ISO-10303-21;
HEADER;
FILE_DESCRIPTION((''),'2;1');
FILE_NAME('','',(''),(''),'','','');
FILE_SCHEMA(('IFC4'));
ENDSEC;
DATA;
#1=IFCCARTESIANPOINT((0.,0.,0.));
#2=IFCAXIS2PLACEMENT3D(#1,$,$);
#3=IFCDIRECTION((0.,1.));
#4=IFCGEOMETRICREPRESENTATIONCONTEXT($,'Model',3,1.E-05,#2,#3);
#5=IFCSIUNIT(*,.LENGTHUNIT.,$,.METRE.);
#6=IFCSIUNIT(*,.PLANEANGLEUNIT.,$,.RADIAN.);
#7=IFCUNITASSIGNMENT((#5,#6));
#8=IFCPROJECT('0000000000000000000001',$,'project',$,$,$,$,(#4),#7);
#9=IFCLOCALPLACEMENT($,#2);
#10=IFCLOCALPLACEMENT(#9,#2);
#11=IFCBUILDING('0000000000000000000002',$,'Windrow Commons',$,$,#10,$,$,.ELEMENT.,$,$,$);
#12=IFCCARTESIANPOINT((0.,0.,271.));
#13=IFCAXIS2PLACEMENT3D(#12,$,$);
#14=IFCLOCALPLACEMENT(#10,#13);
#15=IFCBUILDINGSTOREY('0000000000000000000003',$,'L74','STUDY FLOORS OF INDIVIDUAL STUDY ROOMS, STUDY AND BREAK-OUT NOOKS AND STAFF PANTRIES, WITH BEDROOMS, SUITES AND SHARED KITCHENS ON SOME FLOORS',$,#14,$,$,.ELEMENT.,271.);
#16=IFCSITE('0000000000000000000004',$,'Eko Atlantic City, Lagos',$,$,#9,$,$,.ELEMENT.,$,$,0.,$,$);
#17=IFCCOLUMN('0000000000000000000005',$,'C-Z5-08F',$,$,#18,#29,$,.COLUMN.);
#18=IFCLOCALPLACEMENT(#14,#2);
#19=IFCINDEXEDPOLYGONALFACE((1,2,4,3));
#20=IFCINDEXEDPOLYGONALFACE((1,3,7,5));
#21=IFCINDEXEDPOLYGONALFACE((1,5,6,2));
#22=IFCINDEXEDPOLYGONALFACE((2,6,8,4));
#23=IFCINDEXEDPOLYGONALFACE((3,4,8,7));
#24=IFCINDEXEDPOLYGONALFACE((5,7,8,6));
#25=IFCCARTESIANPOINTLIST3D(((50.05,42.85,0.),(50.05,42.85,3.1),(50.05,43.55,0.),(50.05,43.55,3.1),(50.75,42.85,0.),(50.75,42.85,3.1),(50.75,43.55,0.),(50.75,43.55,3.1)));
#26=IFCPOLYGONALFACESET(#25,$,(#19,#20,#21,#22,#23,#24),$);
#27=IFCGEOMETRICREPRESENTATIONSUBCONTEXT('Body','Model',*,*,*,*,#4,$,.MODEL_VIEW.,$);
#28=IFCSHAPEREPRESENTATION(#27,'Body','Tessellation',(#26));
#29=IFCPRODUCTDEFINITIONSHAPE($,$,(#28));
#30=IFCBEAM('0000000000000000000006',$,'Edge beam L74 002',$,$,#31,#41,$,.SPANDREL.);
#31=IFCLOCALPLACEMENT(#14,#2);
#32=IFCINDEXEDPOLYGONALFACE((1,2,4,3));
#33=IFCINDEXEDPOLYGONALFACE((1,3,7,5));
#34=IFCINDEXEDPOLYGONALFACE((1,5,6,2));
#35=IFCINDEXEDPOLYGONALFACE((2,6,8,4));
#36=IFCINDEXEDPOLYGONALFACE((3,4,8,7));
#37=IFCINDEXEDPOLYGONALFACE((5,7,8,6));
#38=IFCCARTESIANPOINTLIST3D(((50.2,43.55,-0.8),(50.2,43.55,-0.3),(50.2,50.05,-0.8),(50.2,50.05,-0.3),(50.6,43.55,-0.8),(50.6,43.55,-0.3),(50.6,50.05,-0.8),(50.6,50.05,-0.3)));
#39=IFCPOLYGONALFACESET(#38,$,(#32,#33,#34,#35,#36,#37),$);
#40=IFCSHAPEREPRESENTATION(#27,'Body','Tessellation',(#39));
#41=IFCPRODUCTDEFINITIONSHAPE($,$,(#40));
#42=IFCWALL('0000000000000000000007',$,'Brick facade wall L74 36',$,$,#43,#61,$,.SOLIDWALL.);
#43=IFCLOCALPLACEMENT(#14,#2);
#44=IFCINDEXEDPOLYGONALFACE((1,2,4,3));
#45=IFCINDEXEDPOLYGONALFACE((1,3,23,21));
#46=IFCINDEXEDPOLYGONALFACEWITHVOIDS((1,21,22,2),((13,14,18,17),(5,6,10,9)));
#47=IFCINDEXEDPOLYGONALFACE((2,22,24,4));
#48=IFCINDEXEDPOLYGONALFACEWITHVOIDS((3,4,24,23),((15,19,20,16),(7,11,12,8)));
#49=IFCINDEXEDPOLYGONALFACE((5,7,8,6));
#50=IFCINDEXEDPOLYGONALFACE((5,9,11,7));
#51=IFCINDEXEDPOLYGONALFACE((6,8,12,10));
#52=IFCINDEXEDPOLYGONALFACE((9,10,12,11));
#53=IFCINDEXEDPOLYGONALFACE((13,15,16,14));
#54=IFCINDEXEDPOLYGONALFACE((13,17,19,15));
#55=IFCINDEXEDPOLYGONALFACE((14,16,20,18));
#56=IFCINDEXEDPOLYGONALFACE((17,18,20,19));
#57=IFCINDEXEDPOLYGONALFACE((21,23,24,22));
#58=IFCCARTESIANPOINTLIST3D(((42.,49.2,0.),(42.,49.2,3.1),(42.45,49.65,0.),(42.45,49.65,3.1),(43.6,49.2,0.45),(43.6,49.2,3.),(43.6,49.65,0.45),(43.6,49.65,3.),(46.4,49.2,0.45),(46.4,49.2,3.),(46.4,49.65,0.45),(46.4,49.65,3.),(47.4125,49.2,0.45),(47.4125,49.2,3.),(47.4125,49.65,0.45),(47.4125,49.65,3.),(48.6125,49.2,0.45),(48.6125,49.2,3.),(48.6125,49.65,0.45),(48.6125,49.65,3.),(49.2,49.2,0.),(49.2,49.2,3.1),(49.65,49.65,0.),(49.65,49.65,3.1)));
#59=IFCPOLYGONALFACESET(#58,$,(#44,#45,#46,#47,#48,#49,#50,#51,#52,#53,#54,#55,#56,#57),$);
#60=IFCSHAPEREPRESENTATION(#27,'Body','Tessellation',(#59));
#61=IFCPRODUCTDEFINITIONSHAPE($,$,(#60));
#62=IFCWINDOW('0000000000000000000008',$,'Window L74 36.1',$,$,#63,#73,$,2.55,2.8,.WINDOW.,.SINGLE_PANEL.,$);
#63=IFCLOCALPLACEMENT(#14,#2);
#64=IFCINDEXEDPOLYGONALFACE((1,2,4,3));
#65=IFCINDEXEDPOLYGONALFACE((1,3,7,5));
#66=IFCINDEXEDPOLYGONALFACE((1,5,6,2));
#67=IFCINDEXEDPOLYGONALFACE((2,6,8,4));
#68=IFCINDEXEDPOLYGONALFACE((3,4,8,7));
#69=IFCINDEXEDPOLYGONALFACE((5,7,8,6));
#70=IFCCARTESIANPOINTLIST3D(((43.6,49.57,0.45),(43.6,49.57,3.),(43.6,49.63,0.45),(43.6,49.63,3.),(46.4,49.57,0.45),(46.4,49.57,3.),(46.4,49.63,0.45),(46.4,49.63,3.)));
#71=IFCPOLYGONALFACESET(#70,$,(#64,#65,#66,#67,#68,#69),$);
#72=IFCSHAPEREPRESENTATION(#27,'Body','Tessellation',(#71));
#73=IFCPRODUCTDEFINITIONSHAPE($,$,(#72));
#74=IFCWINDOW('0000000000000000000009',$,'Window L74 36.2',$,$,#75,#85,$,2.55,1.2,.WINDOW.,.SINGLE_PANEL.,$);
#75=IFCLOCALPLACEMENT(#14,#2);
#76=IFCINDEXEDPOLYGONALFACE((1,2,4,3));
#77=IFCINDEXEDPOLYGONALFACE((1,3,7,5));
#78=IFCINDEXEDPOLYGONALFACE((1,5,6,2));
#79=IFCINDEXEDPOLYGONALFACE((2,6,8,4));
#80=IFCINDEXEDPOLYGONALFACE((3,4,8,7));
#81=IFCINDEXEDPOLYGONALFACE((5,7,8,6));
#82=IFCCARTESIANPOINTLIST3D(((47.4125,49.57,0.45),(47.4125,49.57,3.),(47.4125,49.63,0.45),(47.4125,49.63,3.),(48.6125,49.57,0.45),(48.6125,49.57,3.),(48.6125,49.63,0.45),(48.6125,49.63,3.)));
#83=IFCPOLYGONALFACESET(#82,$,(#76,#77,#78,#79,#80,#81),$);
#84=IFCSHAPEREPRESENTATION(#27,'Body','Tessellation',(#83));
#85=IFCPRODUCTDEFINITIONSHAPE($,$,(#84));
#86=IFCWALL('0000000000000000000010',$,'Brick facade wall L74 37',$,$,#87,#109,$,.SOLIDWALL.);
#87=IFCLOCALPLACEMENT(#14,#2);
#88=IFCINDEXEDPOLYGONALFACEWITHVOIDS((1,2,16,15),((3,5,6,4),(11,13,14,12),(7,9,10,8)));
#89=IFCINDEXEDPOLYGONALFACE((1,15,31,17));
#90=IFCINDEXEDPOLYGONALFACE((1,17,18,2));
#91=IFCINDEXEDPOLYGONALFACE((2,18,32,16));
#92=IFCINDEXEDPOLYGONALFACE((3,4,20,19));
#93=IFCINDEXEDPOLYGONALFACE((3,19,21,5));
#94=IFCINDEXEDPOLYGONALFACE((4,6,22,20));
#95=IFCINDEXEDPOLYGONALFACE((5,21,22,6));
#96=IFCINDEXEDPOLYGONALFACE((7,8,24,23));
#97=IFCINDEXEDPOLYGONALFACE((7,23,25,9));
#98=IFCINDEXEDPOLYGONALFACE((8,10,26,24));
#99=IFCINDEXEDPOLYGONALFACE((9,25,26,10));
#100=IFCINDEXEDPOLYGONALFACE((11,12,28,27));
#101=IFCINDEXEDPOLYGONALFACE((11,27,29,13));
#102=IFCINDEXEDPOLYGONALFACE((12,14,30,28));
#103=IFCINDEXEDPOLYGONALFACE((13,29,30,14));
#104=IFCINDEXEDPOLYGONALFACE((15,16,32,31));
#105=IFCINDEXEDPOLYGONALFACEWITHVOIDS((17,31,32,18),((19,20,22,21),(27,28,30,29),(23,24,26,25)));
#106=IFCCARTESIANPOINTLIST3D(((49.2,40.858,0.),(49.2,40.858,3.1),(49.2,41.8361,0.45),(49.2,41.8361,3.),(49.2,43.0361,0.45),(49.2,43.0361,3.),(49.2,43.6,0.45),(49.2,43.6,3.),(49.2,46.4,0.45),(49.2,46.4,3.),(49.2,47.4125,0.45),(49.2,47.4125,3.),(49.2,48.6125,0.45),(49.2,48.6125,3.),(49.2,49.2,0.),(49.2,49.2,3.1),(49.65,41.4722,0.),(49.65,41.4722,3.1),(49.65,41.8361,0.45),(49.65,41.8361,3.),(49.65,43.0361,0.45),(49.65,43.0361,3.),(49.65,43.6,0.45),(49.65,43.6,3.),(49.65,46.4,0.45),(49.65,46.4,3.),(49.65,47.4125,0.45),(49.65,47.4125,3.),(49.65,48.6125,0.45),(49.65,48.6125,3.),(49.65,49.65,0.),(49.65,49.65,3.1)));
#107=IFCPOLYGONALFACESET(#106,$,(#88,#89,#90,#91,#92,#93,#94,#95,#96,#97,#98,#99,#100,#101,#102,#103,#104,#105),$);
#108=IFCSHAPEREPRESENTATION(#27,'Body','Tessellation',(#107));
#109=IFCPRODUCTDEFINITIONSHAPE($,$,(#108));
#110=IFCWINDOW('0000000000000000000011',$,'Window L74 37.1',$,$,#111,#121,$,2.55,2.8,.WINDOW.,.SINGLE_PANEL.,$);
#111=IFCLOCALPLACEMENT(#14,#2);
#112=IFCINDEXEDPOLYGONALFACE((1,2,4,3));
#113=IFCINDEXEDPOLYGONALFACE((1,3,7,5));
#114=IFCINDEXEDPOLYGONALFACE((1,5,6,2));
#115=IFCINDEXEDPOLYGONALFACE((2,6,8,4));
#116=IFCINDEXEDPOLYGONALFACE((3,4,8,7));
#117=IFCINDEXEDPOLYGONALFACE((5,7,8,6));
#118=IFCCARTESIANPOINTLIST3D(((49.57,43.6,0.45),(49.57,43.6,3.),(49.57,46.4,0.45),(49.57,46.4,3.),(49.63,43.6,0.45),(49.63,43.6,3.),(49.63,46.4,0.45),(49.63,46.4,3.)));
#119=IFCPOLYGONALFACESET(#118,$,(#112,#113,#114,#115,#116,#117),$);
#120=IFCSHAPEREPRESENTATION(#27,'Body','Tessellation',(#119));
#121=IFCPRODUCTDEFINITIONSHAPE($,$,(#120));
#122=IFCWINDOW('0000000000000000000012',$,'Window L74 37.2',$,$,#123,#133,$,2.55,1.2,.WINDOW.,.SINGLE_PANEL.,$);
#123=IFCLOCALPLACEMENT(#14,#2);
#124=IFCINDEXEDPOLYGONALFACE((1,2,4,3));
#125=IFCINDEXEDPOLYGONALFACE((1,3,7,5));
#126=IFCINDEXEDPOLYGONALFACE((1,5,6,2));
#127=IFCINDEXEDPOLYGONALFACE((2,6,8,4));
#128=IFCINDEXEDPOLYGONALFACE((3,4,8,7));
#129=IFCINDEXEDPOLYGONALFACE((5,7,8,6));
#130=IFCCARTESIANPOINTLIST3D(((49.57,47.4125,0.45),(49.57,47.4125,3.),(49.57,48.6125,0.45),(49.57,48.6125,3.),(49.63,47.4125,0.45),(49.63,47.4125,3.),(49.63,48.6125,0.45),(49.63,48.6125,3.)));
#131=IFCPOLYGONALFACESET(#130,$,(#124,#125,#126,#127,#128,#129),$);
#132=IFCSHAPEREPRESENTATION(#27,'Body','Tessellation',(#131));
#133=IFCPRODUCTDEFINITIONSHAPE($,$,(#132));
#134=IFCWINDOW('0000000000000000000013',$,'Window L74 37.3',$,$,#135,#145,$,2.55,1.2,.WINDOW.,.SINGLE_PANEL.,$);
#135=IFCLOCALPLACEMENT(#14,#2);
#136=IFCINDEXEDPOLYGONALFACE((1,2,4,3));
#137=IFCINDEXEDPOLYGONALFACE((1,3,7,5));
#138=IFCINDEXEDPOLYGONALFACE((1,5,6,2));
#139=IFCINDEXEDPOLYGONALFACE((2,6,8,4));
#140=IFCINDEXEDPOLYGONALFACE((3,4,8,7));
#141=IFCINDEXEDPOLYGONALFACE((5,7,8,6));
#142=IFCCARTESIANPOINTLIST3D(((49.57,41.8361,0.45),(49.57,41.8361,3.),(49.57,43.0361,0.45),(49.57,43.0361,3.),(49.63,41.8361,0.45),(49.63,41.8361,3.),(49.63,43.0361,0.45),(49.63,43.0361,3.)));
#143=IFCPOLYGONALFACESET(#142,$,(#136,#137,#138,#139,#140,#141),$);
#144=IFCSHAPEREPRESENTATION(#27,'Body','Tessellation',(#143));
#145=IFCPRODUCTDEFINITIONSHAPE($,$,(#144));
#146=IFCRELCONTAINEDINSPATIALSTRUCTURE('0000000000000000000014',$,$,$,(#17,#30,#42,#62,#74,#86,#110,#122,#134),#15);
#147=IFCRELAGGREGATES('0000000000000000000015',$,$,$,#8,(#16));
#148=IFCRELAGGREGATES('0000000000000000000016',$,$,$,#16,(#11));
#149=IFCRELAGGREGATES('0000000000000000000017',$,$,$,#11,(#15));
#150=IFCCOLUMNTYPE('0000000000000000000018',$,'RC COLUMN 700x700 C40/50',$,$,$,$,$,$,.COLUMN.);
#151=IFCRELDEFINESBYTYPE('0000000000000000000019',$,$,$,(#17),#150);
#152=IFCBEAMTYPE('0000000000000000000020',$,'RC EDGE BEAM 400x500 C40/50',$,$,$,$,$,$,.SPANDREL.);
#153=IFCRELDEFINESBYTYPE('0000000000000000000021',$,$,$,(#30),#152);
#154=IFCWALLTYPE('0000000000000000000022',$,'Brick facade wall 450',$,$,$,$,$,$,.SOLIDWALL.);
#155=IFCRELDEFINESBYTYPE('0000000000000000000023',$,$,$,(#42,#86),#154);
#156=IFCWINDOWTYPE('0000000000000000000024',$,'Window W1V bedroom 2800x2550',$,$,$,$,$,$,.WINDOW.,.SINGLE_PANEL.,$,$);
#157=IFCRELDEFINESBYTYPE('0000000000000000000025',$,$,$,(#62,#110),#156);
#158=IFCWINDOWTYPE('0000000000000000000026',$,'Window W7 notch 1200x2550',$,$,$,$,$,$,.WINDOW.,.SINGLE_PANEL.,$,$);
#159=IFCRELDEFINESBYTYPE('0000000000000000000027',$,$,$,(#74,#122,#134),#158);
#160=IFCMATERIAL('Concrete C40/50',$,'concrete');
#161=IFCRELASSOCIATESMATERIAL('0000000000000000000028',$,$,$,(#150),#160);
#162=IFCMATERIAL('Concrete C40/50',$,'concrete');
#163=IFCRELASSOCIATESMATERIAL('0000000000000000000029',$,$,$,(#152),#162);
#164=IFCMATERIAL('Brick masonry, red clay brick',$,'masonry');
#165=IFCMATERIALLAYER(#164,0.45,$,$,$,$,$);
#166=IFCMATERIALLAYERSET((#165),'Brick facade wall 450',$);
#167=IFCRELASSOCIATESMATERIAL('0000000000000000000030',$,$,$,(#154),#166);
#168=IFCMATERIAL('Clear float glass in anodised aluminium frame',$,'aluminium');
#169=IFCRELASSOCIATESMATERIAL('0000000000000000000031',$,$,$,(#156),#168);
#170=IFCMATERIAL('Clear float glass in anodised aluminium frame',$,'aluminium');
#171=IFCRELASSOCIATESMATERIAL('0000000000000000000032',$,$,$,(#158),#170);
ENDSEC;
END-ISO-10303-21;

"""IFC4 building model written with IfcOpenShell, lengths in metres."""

from ifc_helpers import new_model, si_unit, direction, frame, frame_2d, origin, origin_2d, place, context, subcontext, project, spatial, polyline, rectangle, outline, extrude, material, layer, layer_set, material_profile, profile_set, type_object, element, fill, save


model = new_model("IFC4")

# Units and contexts
model_context = context("Model", 3, precision=1e-05, world=origin(), true_north=direction((0.0, 1.0)))
body_context = subcontext(model_context, "Body", "Model", "MODEL_VIEW")
ifc_project = project(units=[si_unit("LENGTHUNIT", "METRE"), si_unit("PLANEANGLEUNIT", "RADIAN")], contexts=[model_context])

# Site, building, storey
site_placement = place(None, origin())
site = spatial("IfcSite", under=ifc_project, at=site_placement, Name="Eko Atlantic City, Lagos", CompositionType="ELEMENT", RefElevation=0.0)
building_placement = place(site_placement, origin())
building = spatial("IfcBuilding", under=site, at=building_placement, Name="Windrow Commons", CompositionType="ELEMENT")
storey_placement = place(building_placement, frame((0.0, 0.0, 271.0)))
storey = spatial("IfcBuildingStorey", under=building, at=storey_placement, Name="L74", Description="STUDY FLOORS OF INDIVIDUAL STUDY ROOMS, STUDY AND BREAK-OUT NOOKS AND STAFF PANTRIES, WITH BEDROOMS, SUITES AND SHARED KITCHENS ON SOME FLOORS", CompositionType="ELEMENT", Elevation=271.0)

# Column
ifc_material_1 = material(Name="Concrete C40/50", Category="concrete")
ifc_material_profile_1 = material_profile(ifc_material_1, rectangle(XDim=0.7, YDim=0.7, at=origin_2d()))
ifc_profile_set_1 = profile_set([ifc_material_profile_1], Name="Concrete C40/50")
column_type = type_object("IfcColumnType", Name="RC COLUMN 700x700 C40/50", PredefinedType="COLUMN", material=ifc_profile_set_1)
column_placement = place(storey_placement, frame((50.4, 43.2, 0.0), z_axis=(0.0, 0.0, 1.0), x_axis=(1.0, 0.0, 0.0)))
element("IfcColumn", 1, at=column_placement, inside=storey, type_object=column_type, Name="C-Z5-08F", PredefinedType="COLUMN", context=body_context, shape_type="SweptSolid", body=[
    extrude(rectangle(XDim=0.7, YDim=0.7, at=origin_2d()), origin(), (0.0, 0.0, 1.0), 3.1),
])

# Beam
ifc_material_2 = material(Name="Concrete C40/50", Category="concrete")
ifc_material_profile_2 = material_profile(ifc_material_2, rectangle(XDim=0.4, YDim=0.5, at=origin_2d()))
ifc_profile_set_2 = profile_set([ifc_material_profile_2], Name="Concrete C40/50")
beam_type = type_object("IfcBeamType", Name="RC EDGE BEAM 400x500 C40/50", PredefinedType="SPANDREL", material=ifc_profile_set_2)
beam_placement = place(storey_placement, frame((50.4, 43.55, -0.55), z_axis=(0.0, 1.0, 0.0), x_axis=(-1.0, 0.0, 0.0)))
element("IfcBeam", 2, at=beam_placement, inside=storey, type_object=beam_type, Name="Edge beam L74 002", PredefinedType="SPANDREL", context=body_context, shape_type="SweptSolid", body=[
    extrude(rectangle(XDim=0.4, YDim=0.5, at=origin_2d()), origin(), (0.0, 0.0, 1.0), 6.5),
])

# Walls, openings, windows
ifc_material_3 = material(Name="Brick masonry, red clay brick", Category="masonry")
ifc_layer_1 = layer(ifc_material_3, 0.45)
ifc_layer_set_1 = layer_set([ifc_layer_1], Name="Brick facade wall 450")
wall_type_1 = type_object("IfcWallType", Name="Brick facade wall 450", PredefinedType="SOLIDWALL", material=ifc_layer_set_1)
wall_1_placement = place(storey_placement, frame((42.225, 49.425, 0.0), z_axis=(0.0, 0.0, 1.0), x_axis=(1.0, 0.0, 0.0)))
wall_1 = element("IfcWall", 3, at=wall_1_placement, inside=storey, type_object=wall_type_1, Name="Brick facade wall L74 36", PredefinedType="SOLIDWALL", context=body_context, shape_type="SweptSolid", body=[
    extrude(outline(polyline([(-0.225, -0.225), (6.975, -0.225), (7.425, 0.225), (0.225, 0.225), (-0.225, -0.225)])), origin(), (0.0, 0.0, 1.0), 3.1),
])
opening_1_placement = place(wall_1_placement, frame((1.375, 0.0, 0.45)))
opening_1 = element("IfcOpeningElement", 4, at=opening_1_placement, cuts=wall_1, PredefinedType="OPENING", context=body_context, shape_type="SweptSolid", body=[
    extrude(rectangle(XDim=2.8, YDim=2.55, at=frame_2d((1.4, 1.275))), frame((0.0, 0.235, 0.0), z_axis=(0.0, -1.0, 0.0), x_axis=(1.0, 0.0, 0.0)), (0.0, 0.0, 1.0), 0.47),
])
opening_2_placement = place(wall_1_placement, frame((5.1875, 0.0, 0.45)))
opening_2 = element("IfcOpeningElement", 5, at=opening_2_placement, cuts=wall_1, PredefinedType="OPENING", context=body_context, shape_type="SweptSolid", body=[
    extrude(rectangle(XDim=1.2, YDim=2.55, at=frame_2d((0.6, 1.275))), frame((0.0, 0.235, 0.0), z_axis=(0.0, -1.0, 0.0), x_axis=(1.0, 0.0, 0.0)), (0.0, 0.0, 1.0), 0.47),
])
ifc_material_4 = material(Name="Clear float glass in anodised aluminium frame", Category="aluminium")
window_type_1 = type_object("IfcWindowType", Name="Window W1V bedroom 2800x2550", PartitioningType="SINGLE_PANEL", PredefinedType="WINDOW", material=ifc_material_4)
window_1_placement = place(opening_1_placement, origin())
window_1 = element("IfcWindow", 6, at=window_1_placement, inside=storey, type_object=window_type_1, Name="Window L74 36.1", OverallHeight=2.55, OverallWidth=2.8, PartitioningType="SINGLE_PANEL", PredefinedType="WINDOW", context=body_context, shape_type="SweptSolid", body=[
    extrude(rectangle(XDim=2.8, YDim=2.55, at=frame_2d((1.4, 1.275))), frame((0.0, 0.205, 0.0), z_axis=(0.0, -1.0, 0.0), x_axis=(1.0, 0.0, 0.0)), (0.0, 0.0, 1.0), 0.06),
])
fill(opening_1, window_1)
ifc_material_5 = material(Name="Clear float glass in anodised aluminium frame", Category="aluminium")
window_type_2 = type_object("IfcWindowType", Name="Window W7 notch 1200x2550", PartitioningType="SINGLE_PANEL", PredefinedType="WINDOW", material=ifc_material_5)
window_2_placement = place(opening_2_placement, origin())
window_2 = element("IfcWindow", 7, at=window_2_placement, inside=storey, type_object=window_type_2, Name="Window L74 36.2", OverallHeight=2.55, OverallWidth=1.2, PartitioningType="SINGLE_PANEL", PredefinedType="WINDOW", context=body_context, shape_type="SweptSolid", body=[
    extrude(rectangle(XDim=1.2, YDim=2.55, at=frame_2d((0.6, 1.275))), frame((0.0, 0.205, 0.0), z_axis=(0.0, -1.0, 0.0), x_axis=(1.0, 0.0, 0.0)), (0.0, 0.0, 1.0), 0.06),
])
fill(opening_2, window_2)
wall_2_placement = place(storey_placement, frame((49.425, 49.425, 0.0), z_axis=(0.0, 0.0, 1.0), x_axis=(0.0, -1.0, 0.0)))
wall_2 = element("IfcWall", 8, at=wall_2_placement, inside=storey, type_object=wall_type_1, Name="Brick facade wall L74 37", PredefinedType="SOLIDWALL", context=body_context, shape_type="SweptSolid", body=[
    extrude(outline(polyline([(0.225, -0.225), (8.567, -0.225), (7.9528, 0.225), (-0.225, 0.225), (0.225, -0.225)])), origin(), (0.0, 0.0, 1.0), 3.1),
])
opening_3_placement = place(wall_2_placement, frame((3.025, 0.0, 0.45)))
opening_3 = element("IfcOpeningElement", 9, at=opening_3_placement, cuts=wall_2, PredefinedType="OPENING", context=body_context, shape_type="SweptSolid", body=[
    extrude(rectangle(XDim=2.8, YDim=2.55, at=frame_2d((1.4, 1.275))), frame((0.0, 0.235, 0.0), z_axis=(0.0, -1.0, 0.0), x_axis=(1.0, 0.0, 0.0)), (0.0, 0.0, 1.0), 0.47),
])
opening_4_placement = place(wall_2_placement, frame((0.8125, 0.0, 0.45)))
opening_4 = element("IfcOpeningElement", 10, at=opening_4_placement, cuts=wall_2, PredefinedType="OPENING", context=body_context, shape_type="SweptSolid", body=[
    extrude(rectangle(XDim=1.2, YDim=2.55, at=frame_2d((0.6, 1.275))), frame((0.0, 0.235, 0.0), z_axis=(0.0, -1.0, 0.0), x_axis=(1.0, 0.0, 0.0)), (0.0, 0.0, 1.0), 0.47),
])
opening_5_placement = place(wall_2_placement, frame((6.3889, 0.0, 0.45)))
opening_5 = element("IfcOpeningElement", 11, at=opening_5_placement, cuts=wall_2, PredefinedType="OPENING", context=body_context, shape_type="SweptSolid", body=[
    extrude(rectangle(XDim=1.2, YDim=2.55, at=frame_2d((0.6, 1.275))), frame((0.0, 0.235, 0.0), z_axis=(0.0, -1.0, 0.0), x_axis=(1.0, 0.0, 0.0)), (0.0, 0.0, 1.0), 0.47),
])
window_3_placement = place(opening_3_placement, origin())
window_3 = element("IfcWindow", 12, at=window_3_placement, inside=storey, type_object=window_type_1, Name="Window L74 37.1", OverallHeight=2.55, OverallWidth=2.8, PartitioningType="SINGLE_PANEL", PredefinedType="WINDOW", context=body_context, shape_type="SweptSolid", body=[
    extrude(rectangle(XDim=2.8, YDim=2.55, at=frame_2d((1.4, 1.275))), frame((0.0, 0.205, 0.0), z_axis=(0.0, -1.0, 0.0), x_axis=(1.0, 0.0, 0.0)), (0.0, 0.0, 1.0), 0.06),
])
fill(opening_3, window_3)
window_4_placement = place(opening_4_placement, origin())
window_4 = element("IfcWindow", 13, at=window_4_placement, inside=storey, type_object=window_type_2, Name="Window L74 37.2", OverallHeight=2.55, OverallWidth=1.2, PartitioningType="SINGLE_PANEL", PredefinedType="WINDOW", context=body_context, shape_type="SweptSolid", body=[
    extrude(rectangle(XDim=1.2, YDim=2.55, at=frame_2d((0.6, 1.275))), frame((0.0, 0.205, 0.0), z_axis=(0.0, -1.0, 0.0), x_axis=(1.0, 0.0, 0.0)), (0.0, 0.0, 1.0), 0.06),
])
fill(opening_4, window_4)
window_5_placement = place(opening_5_placement, origin())
window_5 = element("IfcWindow", 14, at=window_5_placement, inside=storey, type_object=window_type_2, Name="Window L74 37.3", OverallHeight=2.55, OverallWidth=1.2, PartitioningType="SINGLE_PANEL", PredefinedType="WINDOW", context=body_context, shape_type="SweptSolid", body=[
    extrude(rectangle(XDim=1.2, YDim=2.55, at=frame_2d((0.6, 1.275))), frame((0.0, 0.205, 0.0), z_axis=(0.0, -1.0, 0.0), x_axis=(1.0, 0.0, 0.0)), (0.0, 0.0, 1.0), 0.06),
])
fill(opening_5, window_5)

save(model, "model.ifc")
